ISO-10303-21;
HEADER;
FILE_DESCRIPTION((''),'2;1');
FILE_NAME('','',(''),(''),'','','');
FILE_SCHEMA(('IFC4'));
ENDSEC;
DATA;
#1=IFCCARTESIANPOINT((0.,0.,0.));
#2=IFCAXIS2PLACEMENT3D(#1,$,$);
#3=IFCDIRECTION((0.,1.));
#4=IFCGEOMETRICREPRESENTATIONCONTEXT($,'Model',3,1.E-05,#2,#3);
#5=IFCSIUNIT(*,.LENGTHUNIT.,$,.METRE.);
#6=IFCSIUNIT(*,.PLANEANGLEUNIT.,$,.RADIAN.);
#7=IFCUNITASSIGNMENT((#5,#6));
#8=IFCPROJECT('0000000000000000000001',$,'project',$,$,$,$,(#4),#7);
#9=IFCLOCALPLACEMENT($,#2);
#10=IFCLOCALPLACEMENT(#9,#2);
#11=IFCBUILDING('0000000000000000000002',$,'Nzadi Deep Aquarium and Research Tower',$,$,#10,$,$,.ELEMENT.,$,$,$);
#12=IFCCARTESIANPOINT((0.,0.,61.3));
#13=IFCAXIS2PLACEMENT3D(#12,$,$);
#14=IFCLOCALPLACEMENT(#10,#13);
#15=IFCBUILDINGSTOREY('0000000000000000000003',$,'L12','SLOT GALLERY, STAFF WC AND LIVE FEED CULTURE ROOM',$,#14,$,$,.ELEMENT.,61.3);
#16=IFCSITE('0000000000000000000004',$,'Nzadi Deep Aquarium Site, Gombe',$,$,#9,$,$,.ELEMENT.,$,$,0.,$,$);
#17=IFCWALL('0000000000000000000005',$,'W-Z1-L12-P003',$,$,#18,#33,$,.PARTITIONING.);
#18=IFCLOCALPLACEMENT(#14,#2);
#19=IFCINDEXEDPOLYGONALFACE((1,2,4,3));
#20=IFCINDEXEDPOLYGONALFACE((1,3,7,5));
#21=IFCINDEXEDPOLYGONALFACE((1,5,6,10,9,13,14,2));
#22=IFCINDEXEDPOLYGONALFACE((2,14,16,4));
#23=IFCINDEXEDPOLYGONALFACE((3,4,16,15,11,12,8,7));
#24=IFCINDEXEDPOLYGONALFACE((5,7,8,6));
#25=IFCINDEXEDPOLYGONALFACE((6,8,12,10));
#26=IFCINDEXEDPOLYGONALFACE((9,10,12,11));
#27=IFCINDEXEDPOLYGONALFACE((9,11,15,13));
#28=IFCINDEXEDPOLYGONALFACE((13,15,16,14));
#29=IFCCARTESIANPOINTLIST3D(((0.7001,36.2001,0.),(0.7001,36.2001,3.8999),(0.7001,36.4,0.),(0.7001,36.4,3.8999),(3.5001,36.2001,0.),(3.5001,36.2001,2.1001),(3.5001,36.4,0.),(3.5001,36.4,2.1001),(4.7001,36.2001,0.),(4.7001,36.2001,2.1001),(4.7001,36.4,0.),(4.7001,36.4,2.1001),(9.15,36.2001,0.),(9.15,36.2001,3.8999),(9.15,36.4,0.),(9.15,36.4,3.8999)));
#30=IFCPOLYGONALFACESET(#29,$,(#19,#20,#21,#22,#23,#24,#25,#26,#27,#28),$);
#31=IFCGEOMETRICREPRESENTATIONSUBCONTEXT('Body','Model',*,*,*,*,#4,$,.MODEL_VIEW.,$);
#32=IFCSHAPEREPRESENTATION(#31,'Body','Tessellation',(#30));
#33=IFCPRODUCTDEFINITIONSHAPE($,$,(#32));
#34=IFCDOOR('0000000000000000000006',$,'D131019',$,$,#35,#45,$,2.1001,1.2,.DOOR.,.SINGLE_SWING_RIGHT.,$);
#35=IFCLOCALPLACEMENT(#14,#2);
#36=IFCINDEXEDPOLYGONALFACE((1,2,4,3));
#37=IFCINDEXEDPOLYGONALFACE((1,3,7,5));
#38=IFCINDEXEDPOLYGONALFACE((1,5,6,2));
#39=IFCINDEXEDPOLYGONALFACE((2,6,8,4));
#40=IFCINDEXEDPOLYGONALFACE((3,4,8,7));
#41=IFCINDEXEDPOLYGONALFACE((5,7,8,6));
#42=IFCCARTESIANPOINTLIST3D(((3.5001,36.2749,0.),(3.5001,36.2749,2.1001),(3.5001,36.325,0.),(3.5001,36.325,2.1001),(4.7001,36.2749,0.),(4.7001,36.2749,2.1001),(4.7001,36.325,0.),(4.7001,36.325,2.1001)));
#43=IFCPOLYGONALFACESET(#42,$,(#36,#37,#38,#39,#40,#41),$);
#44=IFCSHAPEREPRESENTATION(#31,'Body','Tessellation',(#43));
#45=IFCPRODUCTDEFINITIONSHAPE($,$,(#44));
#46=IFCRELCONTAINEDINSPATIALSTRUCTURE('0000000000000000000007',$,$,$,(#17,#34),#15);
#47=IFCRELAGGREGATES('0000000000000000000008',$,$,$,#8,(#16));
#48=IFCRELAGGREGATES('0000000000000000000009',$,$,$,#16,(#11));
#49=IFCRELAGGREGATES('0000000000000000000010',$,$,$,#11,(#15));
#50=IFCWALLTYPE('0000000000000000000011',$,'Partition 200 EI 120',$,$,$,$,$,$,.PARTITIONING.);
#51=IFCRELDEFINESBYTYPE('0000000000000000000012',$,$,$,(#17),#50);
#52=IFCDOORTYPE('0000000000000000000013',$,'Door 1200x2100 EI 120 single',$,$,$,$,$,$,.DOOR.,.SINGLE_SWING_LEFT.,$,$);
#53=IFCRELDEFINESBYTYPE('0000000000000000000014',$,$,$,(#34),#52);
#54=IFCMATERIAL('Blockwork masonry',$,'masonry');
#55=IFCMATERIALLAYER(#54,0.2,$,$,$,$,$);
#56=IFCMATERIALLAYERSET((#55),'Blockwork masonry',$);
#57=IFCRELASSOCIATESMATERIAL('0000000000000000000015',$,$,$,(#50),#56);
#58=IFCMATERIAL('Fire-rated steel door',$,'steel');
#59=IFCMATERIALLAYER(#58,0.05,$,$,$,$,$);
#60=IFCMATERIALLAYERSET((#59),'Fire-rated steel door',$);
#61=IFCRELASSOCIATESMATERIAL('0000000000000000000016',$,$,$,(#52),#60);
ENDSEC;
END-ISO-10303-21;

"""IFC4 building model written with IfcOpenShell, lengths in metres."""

from ifc_helpers import new_model, si_unit, direction, frame, frame_2d, origin, place, context, subcontext, project, spatial, rectangle, extrude, material, layer, layer_set, type_object, element, fill, save


model = new_model("IFC4")

# Units and contexts
model_context = context("Model", 3, precision=1e-05, world=origin(), true_north=direction((0.0, 1.0)))
body_context = subcontext(model_context, "Body", "Model", "MODEL_VIEW")
ifc_project = project(units=[si_unit("LENGTHUNIT", "METRE"), si_unit("PLANEANGLEUNIT", "RADIAN")], contexts=[model_context])

# Site, building, storey
site_placement = place(None, origin())
site = spatial("IfcSite", under=ifc_project, at=site_placement, Name="Nzadi Deep Aquarium Site, Gombe", CompositionType="ELEMENT", RefElevation=0.0)
building_placement = place(site_placement, origin())
building = spatial("IfcBuilding", under=site, at=building_placement, Name="Nzadi Deep Aquarium and Research Tower", CompositionType="ELEMENT")
storey_placement = place(building_placement, frame((0.0, 0.0, 61.3)))
storey = spatial("IfcBuildingStorey", under=building, at=storey_placement, Name="L12", Description="SLOT GALLERY, STAFF WC AND LIVE FEED CULTURE ROOM", CompositionType="ELEMENT", Elevation=61.3)

# Wall, opening, door
ifc_material_1 = material(Name="Blockwork masonry", Category="masonry")
ifc_layer_1 = layer(ifc_material_1, 0.2)
ifc_layer_set_1 = layer_set([ifc_layer_1], Name="Blockwork masonry")
wall_type_1 = type_object("IfcWallType", Name="Partition 200 EI 120", PredefinedType="PARTITIONING", material=ifc_layer_set_1)
wall_1_placement = place(storey_placement, frame((0.7, 36.3, 0.0), z_axis=(0.0, 0.0, 1.0), x_axis=(1.0, 0.0, 0.0)))
wall_1 = element("IfcWall", 1, at=wall_1_placement, inside=storey, type_object=wall_type_1, Name="W-Z1-L12-P003", PredefinedType="PARTITIONING", context=body_context, shape_type="SweptSolid", body=[
    extrude(rectangle(XDim=8.45, YDim=0.2, at=frame_2d((4.2251, 0.0))), origin(), (0.0, 0.0, 1.0), 3.8999),
])
opening_1_placement = place(wall_1_placement, frame((2.8, 0.0, 0.0)))
opening_1 = element("IfcOpeningElement", 2, at=opening_1_placement, cuts=wall_1, PredefinedType="OPENING", context=body_context, shape_type="SweptSolid", body=[
    extrude(rectangle(XDim=1.2, YDim=2.1001, at=frame_2d((0.6001, 1.05))), frame((0.0, 0.1101, 0.0), z_axis=(0.0, -1.0, 0.0), x_axis=(1.0, 0.0, 0.0)), (0.0, 0.0, 1.0), 0.2202),
])
ifc_material_2 = material(Name="Fire-rated steel door", Category="steel")
ifc_layer_2 = layer(ifc_material_2, 0.05)
ifc_layer_set_2 = layer_set([ifc_layer_2], Name="Fire-rated steel door")
door_type_1 = type_object("IfcDoorType", Name="Door 1200x2100 EI 120 single", OperationType="SINGLE_SWING_LEFT", PredefinedType="DOOR", material=ifc_layer_set_2)
door_1_placement = place(opening_1_placement, origin())
door_1 = element("IfcDoor", 3, at=door_1_placement, inside=storey, type_object=door_type_1, Name="D131019", OperationType="SINGLE_SWING_RIGHT", OverallHeight=2.1001, OverallWidth=1.2, PredefinedType="DOOR", context=body_context, shape_type="SweptSolid", body=[
    extrude(rectangle(XDim=1.2, YDim=2.1001, at=frame_2d((0.6001, 1.05))), frame((0.0, 0.0249, 0.0), z_axis=(0.0, -1.0, 0.0), x_axis=(1.0, 0.0, 0.0)), (0.0, 0.0, 1.0), 0.05),
])
fill(opening_1, door_1)

save(model, "model.ifc")
